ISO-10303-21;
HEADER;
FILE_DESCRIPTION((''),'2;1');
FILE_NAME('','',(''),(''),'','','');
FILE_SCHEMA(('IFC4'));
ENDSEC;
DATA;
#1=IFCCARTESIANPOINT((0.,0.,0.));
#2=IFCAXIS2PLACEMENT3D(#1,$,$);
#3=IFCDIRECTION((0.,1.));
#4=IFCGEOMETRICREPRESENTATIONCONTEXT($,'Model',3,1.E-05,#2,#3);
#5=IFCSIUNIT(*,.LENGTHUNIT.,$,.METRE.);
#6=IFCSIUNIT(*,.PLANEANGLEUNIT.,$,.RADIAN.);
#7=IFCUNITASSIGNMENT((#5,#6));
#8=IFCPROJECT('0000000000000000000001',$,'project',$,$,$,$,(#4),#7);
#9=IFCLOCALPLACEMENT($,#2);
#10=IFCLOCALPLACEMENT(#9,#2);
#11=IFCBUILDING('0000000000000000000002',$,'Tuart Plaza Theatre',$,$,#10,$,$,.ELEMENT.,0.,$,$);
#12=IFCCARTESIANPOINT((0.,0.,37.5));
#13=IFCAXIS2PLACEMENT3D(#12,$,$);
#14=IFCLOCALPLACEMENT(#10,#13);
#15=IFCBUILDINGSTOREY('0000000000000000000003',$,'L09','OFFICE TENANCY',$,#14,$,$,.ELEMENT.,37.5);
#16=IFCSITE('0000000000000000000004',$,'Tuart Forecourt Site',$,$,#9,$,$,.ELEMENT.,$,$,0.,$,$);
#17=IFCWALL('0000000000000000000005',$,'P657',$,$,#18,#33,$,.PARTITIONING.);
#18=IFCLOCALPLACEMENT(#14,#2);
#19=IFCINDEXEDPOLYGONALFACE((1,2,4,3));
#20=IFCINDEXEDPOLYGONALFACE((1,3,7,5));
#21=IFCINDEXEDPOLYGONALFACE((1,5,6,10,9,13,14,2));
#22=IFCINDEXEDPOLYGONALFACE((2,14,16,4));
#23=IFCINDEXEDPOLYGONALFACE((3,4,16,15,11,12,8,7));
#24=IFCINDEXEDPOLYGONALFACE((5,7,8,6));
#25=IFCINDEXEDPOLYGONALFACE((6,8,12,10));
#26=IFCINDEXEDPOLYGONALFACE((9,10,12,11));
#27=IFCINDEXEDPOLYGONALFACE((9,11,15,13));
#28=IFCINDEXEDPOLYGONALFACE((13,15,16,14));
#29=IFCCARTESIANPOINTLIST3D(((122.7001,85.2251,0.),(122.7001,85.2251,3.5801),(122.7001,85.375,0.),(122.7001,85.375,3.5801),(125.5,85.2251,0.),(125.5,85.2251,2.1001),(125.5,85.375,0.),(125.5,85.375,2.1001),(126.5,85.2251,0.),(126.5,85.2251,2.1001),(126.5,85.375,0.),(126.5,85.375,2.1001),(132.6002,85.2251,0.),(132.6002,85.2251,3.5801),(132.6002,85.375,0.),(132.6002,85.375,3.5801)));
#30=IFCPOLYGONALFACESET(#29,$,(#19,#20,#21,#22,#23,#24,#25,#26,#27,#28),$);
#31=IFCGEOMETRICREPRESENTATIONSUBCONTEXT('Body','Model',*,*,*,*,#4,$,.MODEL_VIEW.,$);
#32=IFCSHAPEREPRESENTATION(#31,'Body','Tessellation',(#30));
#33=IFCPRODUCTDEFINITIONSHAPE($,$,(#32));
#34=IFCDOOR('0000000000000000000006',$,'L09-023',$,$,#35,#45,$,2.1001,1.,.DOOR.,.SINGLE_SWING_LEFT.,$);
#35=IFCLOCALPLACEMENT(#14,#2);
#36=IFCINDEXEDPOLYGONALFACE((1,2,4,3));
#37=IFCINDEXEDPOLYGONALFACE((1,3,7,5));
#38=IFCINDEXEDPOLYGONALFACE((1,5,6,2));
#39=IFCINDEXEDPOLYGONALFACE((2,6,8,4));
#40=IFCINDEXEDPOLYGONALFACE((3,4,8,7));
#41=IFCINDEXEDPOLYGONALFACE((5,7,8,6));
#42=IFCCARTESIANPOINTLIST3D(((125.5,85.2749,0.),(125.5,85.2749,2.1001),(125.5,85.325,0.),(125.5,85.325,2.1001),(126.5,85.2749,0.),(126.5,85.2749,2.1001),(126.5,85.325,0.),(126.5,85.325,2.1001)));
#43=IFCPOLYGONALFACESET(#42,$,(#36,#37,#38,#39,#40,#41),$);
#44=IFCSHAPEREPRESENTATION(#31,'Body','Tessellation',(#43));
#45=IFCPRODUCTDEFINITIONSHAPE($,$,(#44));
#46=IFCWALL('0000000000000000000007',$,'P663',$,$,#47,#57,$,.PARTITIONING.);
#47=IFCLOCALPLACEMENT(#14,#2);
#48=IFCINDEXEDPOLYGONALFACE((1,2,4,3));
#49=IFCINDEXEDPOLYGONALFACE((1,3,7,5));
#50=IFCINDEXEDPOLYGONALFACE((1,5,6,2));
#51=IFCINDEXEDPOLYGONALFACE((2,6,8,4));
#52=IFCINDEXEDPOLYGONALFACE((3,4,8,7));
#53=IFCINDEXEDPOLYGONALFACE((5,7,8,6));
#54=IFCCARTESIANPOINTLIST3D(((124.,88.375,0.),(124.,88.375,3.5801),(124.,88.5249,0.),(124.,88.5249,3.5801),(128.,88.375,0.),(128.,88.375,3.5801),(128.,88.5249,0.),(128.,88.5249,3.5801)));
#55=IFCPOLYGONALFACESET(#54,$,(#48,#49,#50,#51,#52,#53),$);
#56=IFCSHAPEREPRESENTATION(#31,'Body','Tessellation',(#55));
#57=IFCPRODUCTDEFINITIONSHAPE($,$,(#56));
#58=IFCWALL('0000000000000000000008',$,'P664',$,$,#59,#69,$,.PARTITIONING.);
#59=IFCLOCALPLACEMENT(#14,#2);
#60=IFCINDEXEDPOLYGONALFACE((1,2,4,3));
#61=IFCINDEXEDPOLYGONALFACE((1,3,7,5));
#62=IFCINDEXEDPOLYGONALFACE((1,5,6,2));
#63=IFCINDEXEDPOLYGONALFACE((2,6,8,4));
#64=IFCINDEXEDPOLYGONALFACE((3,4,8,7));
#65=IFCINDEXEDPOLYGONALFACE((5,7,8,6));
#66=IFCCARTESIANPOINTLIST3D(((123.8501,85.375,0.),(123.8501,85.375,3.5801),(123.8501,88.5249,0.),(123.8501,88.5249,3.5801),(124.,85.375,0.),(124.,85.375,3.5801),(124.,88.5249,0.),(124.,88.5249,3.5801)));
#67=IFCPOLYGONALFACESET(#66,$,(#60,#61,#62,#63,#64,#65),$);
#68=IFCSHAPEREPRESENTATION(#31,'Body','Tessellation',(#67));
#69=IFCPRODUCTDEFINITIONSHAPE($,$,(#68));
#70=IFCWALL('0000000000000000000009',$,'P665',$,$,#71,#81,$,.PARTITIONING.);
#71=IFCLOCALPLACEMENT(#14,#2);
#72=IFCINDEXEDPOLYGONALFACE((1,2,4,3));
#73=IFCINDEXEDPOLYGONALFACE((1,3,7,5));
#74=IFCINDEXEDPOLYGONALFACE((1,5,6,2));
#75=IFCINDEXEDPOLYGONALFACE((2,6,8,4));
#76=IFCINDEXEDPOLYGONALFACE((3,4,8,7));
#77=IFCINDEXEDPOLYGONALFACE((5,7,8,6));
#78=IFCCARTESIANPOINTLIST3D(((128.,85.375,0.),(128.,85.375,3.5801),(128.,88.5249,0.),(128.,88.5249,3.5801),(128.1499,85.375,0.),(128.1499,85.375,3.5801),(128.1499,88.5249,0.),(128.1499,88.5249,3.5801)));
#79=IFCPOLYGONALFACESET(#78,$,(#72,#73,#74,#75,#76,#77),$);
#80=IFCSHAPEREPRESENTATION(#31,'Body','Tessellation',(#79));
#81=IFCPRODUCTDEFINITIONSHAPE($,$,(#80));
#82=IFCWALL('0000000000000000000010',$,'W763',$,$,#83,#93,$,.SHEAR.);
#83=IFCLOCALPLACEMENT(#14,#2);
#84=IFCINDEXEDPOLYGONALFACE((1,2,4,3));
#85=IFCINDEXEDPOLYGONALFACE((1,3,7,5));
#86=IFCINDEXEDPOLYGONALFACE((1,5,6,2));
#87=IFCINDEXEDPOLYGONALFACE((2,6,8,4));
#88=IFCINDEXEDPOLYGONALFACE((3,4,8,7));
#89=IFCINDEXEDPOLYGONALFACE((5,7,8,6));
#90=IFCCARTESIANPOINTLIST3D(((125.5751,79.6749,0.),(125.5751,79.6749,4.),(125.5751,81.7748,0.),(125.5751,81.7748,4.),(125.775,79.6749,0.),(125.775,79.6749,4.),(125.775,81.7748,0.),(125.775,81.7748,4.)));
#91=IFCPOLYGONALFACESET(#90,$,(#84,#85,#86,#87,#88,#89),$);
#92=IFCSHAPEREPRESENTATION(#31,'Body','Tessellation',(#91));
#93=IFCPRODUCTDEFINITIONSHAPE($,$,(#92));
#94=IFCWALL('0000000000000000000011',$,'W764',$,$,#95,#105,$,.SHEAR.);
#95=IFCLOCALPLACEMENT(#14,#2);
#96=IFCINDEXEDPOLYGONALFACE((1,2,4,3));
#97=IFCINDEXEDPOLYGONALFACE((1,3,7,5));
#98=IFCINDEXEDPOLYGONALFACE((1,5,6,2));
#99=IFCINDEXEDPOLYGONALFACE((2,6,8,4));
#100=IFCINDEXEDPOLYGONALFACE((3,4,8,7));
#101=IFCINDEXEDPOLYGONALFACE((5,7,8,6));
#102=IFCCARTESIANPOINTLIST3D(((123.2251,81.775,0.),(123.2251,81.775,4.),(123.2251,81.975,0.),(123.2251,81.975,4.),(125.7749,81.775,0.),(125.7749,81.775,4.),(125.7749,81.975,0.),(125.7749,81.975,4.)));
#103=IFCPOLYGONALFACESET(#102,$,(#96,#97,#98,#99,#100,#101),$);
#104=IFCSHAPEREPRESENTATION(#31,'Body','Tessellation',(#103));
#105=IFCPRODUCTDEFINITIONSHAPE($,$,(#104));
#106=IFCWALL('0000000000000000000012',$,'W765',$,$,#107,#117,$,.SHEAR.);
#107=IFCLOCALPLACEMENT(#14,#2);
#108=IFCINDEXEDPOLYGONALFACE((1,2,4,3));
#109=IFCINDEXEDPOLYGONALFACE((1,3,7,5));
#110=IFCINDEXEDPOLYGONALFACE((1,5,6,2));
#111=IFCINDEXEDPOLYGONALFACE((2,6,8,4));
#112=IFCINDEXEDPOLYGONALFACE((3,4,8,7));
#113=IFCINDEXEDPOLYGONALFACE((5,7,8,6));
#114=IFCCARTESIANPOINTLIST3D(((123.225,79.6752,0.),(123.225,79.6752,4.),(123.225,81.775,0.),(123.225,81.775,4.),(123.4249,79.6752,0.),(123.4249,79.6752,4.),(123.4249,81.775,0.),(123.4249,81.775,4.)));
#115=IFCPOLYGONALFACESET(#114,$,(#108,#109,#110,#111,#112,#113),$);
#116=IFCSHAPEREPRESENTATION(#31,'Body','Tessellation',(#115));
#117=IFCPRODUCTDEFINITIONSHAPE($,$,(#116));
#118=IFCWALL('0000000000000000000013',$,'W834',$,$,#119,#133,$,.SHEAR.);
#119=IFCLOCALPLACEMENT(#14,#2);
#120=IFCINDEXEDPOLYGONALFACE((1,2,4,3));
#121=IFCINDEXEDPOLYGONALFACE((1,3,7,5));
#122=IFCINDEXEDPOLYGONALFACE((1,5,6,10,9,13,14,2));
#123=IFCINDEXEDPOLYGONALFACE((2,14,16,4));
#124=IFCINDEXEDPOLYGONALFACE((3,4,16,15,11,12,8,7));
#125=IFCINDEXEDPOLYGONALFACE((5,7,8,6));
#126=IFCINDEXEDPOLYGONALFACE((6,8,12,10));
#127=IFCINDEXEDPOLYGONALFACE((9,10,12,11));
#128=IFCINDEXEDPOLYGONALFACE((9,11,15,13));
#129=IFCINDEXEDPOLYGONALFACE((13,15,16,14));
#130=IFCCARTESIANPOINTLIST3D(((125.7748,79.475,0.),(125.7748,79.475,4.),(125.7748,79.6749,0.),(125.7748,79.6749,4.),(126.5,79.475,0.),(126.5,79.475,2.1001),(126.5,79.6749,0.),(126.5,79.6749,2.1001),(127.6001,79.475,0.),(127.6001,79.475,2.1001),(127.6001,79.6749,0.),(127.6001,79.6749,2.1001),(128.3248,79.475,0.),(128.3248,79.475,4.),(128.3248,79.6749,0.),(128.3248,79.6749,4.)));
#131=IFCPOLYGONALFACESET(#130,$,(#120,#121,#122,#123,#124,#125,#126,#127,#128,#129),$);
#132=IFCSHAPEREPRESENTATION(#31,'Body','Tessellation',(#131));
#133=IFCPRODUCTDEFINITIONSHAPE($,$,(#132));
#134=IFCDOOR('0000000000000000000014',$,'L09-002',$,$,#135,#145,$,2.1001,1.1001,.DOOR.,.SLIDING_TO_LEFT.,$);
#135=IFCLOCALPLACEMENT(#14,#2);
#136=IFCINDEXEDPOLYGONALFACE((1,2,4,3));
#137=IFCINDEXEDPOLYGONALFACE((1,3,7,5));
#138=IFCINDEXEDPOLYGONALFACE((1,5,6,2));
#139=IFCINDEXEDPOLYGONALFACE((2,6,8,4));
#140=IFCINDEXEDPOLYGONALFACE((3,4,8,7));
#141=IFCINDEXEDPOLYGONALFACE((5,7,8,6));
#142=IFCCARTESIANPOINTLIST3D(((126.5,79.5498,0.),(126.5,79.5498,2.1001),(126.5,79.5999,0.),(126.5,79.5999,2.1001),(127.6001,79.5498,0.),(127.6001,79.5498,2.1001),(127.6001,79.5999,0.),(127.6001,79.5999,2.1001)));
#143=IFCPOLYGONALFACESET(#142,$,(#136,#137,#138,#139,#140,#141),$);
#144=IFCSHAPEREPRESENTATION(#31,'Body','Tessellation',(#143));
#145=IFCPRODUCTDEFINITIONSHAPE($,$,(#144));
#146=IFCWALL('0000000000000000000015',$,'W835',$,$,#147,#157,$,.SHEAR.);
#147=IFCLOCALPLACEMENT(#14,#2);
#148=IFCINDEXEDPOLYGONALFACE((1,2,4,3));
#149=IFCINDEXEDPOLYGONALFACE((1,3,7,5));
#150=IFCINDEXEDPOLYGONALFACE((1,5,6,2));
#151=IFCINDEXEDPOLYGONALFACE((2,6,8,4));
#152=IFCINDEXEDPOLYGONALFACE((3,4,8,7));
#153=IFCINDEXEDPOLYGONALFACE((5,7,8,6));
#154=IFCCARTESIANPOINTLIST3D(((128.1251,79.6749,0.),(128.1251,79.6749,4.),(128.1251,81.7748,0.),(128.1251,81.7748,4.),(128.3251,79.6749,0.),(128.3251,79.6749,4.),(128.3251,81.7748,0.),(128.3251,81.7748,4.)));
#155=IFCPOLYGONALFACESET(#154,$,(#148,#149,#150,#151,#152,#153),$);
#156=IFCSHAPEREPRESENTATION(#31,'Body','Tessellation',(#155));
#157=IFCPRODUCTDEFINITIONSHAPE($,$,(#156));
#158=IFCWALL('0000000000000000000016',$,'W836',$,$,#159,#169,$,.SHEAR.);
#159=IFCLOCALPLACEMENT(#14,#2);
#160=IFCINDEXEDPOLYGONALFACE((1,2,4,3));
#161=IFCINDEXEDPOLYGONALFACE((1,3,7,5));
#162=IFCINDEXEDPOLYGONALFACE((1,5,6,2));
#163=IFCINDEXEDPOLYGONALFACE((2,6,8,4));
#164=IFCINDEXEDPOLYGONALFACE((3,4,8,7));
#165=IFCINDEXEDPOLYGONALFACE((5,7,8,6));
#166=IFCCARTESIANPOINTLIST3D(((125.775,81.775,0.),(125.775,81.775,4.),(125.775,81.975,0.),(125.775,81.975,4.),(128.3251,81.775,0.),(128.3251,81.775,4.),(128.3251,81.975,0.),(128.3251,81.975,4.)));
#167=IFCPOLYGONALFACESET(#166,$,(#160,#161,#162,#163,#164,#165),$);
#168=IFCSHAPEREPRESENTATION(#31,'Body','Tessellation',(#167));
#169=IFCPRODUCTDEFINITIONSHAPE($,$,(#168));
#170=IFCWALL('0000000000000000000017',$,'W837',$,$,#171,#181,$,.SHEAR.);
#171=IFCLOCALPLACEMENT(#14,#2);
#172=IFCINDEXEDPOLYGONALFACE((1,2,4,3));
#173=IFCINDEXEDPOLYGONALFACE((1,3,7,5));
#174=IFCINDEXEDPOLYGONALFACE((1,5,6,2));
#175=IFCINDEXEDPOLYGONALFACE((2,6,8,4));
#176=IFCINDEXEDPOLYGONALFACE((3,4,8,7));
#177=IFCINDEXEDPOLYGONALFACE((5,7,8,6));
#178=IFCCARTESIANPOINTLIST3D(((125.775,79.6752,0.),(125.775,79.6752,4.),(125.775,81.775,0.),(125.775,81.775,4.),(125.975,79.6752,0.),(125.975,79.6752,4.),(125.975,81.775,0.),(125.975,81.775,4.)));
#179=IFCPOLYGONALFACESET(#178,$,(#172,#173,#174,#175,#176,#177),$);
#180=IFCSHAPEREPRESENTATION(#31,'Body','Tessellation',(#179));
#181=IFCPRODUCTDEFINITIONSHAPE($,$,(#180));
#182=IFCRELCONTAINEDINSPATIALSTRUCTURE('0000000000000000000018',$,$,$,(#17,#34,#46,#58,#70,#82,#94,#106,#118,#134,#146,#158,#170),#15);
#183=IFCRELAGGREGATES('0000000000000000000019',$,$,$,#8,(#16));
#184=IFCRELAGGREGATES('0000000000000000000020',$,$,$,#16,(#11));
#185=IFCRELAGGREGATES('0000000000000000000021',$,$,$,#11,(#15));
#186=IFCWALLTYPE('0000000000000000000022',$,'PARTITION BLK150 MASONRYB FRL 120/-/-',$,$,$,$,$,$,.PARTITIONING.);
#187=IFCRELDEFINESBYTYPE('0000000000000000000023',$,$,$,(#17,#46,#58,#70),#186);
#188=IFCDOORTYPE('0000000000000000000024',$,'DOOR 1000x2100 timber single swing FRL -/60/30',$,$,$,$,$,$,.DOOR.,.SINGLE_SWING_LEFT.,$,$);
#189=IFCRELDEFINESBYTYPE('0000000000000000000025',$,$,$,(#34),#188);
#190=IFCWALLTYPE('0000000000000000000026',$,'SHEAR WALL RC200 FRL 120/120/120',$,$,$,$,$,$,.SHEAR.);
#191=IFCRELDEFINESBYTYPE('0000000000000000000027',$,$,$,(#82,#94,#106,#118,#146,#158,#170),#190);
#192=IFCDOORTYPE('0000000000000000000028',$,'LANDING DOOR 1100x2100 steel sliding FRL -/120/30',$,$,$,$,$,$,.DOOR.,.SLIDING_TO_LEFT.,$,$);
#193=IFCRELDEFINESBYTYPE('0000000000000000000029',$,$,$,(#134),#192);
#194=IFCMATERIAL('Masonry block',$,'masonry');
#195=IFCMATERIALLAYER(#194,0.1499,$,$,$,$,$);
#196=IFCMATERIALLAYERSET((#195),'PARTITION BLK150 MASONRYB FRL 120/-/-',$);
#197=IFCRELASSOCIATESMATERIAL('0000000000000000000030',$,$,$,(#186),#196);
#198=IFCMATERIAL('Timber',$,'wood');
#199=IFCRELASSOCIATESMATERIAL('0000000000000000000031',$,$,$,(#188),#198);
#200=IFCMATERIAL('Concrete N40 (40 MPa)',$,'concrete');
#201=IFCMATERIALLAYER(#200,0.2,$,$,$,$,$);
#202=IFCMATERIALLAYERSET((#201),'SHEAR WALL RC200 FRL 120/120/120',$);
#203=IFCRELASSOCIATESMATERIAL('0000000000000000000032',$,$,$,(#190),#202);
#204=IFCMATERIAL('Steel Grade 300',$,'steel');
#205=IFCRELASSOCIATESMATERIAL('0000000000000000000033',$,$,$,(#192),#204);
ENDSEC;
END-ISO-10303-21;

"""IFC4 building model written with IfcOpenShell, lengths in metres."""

from ifc_helpers import new_model, si_unit, direction, frame, frame_2d, origin, place, context, subcontext, project, spatial, rectangle, extrude, material, layer, layer_set, type_object, element, fill, save


model = new_model("IFC4")

# Units and contexts
model_context = context("Model", 3, precision=1e-05, world=origin(), true_north=direction((0.0, 1.0)))
body_context = subcontext(model_context, "Body", "Model", "MODEL_VIEW")
ifc_project = project(units=[si_unit("LENGTHUNIT", "METRE"), si_unit("PLANEANGLEUNIT", "RADIAN")], contexts=[model_context])

# Site, building, storey
site_placement = place(None, origin())
site = spatial("IfcSite", under=ifc_project, at=site_placement, Name="Tuart Forecourt Site", CompositionType="ELEMENT", RefElevation=0.0)
building_placement = place(site_placement, origin())
building = spatial("IfcBuilding", under=site, at=building_placement, Name="Tuart Plaza Theatre", CompositionType="ELEMENT", ElevationOfRefHeight=0.0)
storey_placement = place(building_placement, frame((0.0, 0.0, 37.5)))
storey = spatial("IfcBuildingStorey", under=building, at=storey_placement, Name="L09", Description="OFFICE TENANCY", CompositionType="ELEMENT", Elevation=37.5)

# Wall, opening, door
ifc_material_1 = material(Name="Masonry block", Category="masonry")
ifc_layer_1 = layer(ifc_material_1, 0.1499)
ifc_layer_set_1 = layer_set([ifc_layer_1], Name="PARTITION BLK150 MASONRYB FRL 120/-/-")
wall_type_1 = type_object("IfcWallType", Name="PARTITION BLK150 MASONRYB FRL 120/-/-", PredefinedType="PARTITIONING", material=ifc_layer_set_1)
wall_1_placement = place(storey_placement, frame((122.7, 85.3, 0.0), z_axis=(0.0, 0.0, 1.0), x_axis=(1.0, 0.0, 0.0)))
wall_1 = element("IfcWall", 1, at=wall_1_placement, inside=storey, type_object=wall_type_1, Name="P657", PredefinedType="PARTITIONING", context=body_context, shape_type="SweptSolid", body=[
    extrude(rectangle(XDim=9.9001, YDim=0.1499, at=frame_2d((4.9502, 0.0))), origin(), (0.0, 0.0, 1.0), 3.5801),
])
opening_1_placement = place(wall_1_placement, frame((2.8, 0.0, 0.0)))
opening_1 = element("IfcOpeningElement", 2, at=opening_1_placement, cuts=wall_1, PredefinedType="OPENING", context=body_context, shape_type="SweptSolid", body=[
    extrude(rectangle(XDim=1.0, YDim=2.1001, at=frame_2d((0.5, 1.05))), frame((0.0, 0.085, 0.0), z_axis=(0.0, -1.0, 0.0), x_axis=(1.0, 0.0, 0.0)), (0.0, 0.0, 1.0), 0.1699),
])
ifc_material_2 = material(Name="Timber", Category="wood")
door_type_1 = type_object("IfcDoorType", Name="DOOR 1000x2100 timber single swing FRL -/60/30", OperationType="SINGLE_SWING_LEFT", PredefinedType="DOOR", material=ifc_material_2)
door_1_placement = place(opening_1_placement, origin())
door_1 = element("IfcDoor", 3, at=door_1_placement, inside=storey, type_object=door_type_1, Name="L09-023", OperationType="SINGLE_SWING_LEFT", OverallHeight=2.1001, OverallWidth=1.0, PredefinedType="DOOR", context=body_context, shape_type="SweptSolid", body=[
    extrude(rectangle(XDim=1.0, YDim=2.1001, at=frame_2d((0.5, 1.05))), frame((0.0, 0.0249, 0.0), z_axis=(0.0, -1.0, 0.0), x_axis=(1.0, 0.0, 0.0)), (0.0, 0.0, 1.0), 0.05),
])
fill(opening_1, door_1)

# Walls
wall_2_placement = place(storey_placement, frame((124.0, 88.45, 0.0), z_axis=(0.0, 0.0, 1.0), x_axis=(1.0, 0.0, 0.0)))
element("IfcWall", 4, at=wall_2_placement, inside=storey, type_object=wall_type_1, Name="P663", PredefinedType="PARTITIONING", context=body_context, shape_type="SweptSolid", body=[
    extrude(rectangle(XDim=4.0, YDim=0.1499, at=frame_2d((2.0, 0.0))), origin(), (0.0, 0.0, 1.0), 3.5801),
])
for number, where, z_axis, x_axis, name in (
    (5, (123.925, 85.375, 0.0), (0.0, 0.0, 1.0), (0.0, 1.0, 0.0), "P664"),
    (6, (128.075, 85.375, 0.0), (0.0, 0.0, 1.0), (0.0, 1.0, 0.0), "P665"),
):
    element("IfcWall", number, at=place(storey_placement, frame(where, z_axis=z_axis, x_axis=x_axis)), inside=storey, type_object=wall_type_1, Name=name, PredefinedType="PARTITIONING", context=body_context, shape_type="SweptSolid", body=[
        extrude(rectangle(XDim=3.1499, YDim=0.1499, at=frame_2d((1.575, 0.0))), origin(), (0.0, 0.0, 1.0), 3.5801),
    ])
ifc_material_3 = material(Name="Concrete N40 (40 MPa)", Category="concrete")
ifc_layer_2 = layer(ifc_material_3, 0.2)
ifc_layer_set_2 = layer_set([ifc_layer_2], Name="SHEAR WALL RC200 FRL 120/120/120")
wall_type_2 = type_object("IfcWallType", Name="SHEAR WALL RC200 FRL 120/120/120", PredefinedType="SHEAR", material=ifc_layer_set_2)
wall_3_placement = place(storey_placement, frame((125.675, 79.675, 0.0), z_axis=(0.0, 0.0, 1.0), x_axis=(0.0, 1.0, 0.0)))
element("IfcWall", 7, at=wall_3_placement, inside=storey, type_object=wall_type_2, Name="W763", PredefinedType="SHEAR", context=body_context, shape_type="SweptSolid", body=[
    extrude(rectangle(XDim=2.0999, YDim=0.2, at=frame_2d((1.0498, 0.0))), origin(), (0.0, 0.0, 1.0), 4.0),
])
wall_4_placement = place(storey_placement, frame((125.7749, 81.875, 0.0), z_axis=(0.0, 0.0, 1.0), x_axis=(-1.0, 0.0, 0.0)))
element("IfcWall", 8, at=wall_4_placement, inside=storey, type_object=wall_type_2, Name="W764", PredefinedType="SHEAR", context=body_context, shape_type="SweptSolid", body=[
    extrude(rectangle(XDim=2.5498, YDim=0.2, at=frame_2d((1.2749, 0.0))), origin(), (0.0, 0.0, 1.0), 4.0),
])
wall_5_placement = place(storey_placement, frame((123.325, 81.7749, 0.0), z_axis=(0.0, 0.0, 1.0), x_axis=(0.0, -1.0, 0.0)))
element("IfcWall", 9, at=wall_5_placement, inside=storey, type_object=wall_type_2, Name="W765", PredefinedType="SHEAR", context=body_context, shape_type="SweptSolid", body=[
    extrude(rectangle(XDim=2.0999, YDim=0.2, at=frame_2d((1.0498, 0.0))), origin(), (0.0, 0.0, 1.0), 4.0),
])

# Wall, opening, door
wall_6_placement = place(storey_placement, frame((125.7749, 79.575, 0.0), z_axis=(0.0, 0.0, 1.0), x_axis=(1.0, 0.0, 0.0)))
wall_6 = element("IfcWall", 10, at=wall_6_placement, inside=storey, type_object=wall_type_2, Name="W834", PredefinedType="SHEAR", context=body_context, shape_type="SweptSolid", body=[
    extrude(rectangle(XDim=2.55, YDim=0.2, at=frame_2d((1.2749, 0.0))), origin(), (0.0, 0.0, 1.0), 4.0),
])
opening_2_placement = place(wall_6_placement, frame((0.7251, 0.0, 0.0)))
opening_2 = element("IfcOpeningElement", 11, at=opening_2_placement, cuts=wall_6, PredefinedType="OPENING", context=body_context, shape_type="SweptSolid", body=[
    extrude(rectangle(XDim=1.1001, YDim=2.1001, at=frame_2d((0.55, 1.05))), frame((0.0, 0.1099, 0.0), z_axis=(0.0, -1.0, 0.0), x_axis=(1.0, 0.0, 0.0)), (0.0, 0.0, 1.0), 0.22),
])
ifc_material_4 = material(Name="Steel Grade 300", Category="steel")
door_type_2 = type_object("IfcDoorType", Name="LANDING DOOR 1100x2100 steel sliding FRL -/120/30", OperationType="SLIDING_TO_LEFT", PredefinedType="DOOR", material=ifc_material_4)
door_2_placement = place(opening_2_placement, origin())
door_2 = element("IfcDoor", 12, at=door_2_placement, inside=storey, type_object=door_type_2, Name="L09-002", OperationType="SLIDING_TO_LEFT", OverallHeight=2.1001, OverallWidth=1.1001, PredefinedType="DOOR", context=body_context, shape_type="SweptSolid", body=[
    extrude(rectangle(XDim=1.1001, YDim=2.1001, at=frame_2d((0.55, 1.05))), frame((0.0, 0.0249, 0.0), z_axis=(0.0, -1.0, 0.0), x_axis=(1.0, 0.0, 0.0)), (0.0, 0.0, 1.0), 0.05),
])
fill(opening_2, door_2)

# Walls
wall_7_placement = place(storey_placement, frame((128.2251, 79.675, 0.0), z_axis=(0.0, 0.0, 1.0), x_axis=(0.0, 1.0, 0.0)))
element("IfcWall", 13, at=wall_7_placement, inside=storey, type_object=wall_type_2, Name="W835", PredefinedType="SHEAR", context=body_context, shape_type="SweptSolid", body=[
    extrude(rectangle(XDim=2.0999, YDim=0.2, at=frame_2d((1.0498, 0.0))), origin(), (0.0, 0.0, 1.0), 4.0),
])
wall_8_placement = place(storey_placement, frame((128.325, 81.875, 0.0), z_axis=(0.0, 0.0, 1.0), x_axis=(-1.0, 0.0, 0.0)))
element("IfcWall", 14, at=wall_8_placement, inside=storey, type_object=wall_type_2, Name="W836", PredefinedType="SHEAR", context=body_context, shape_type="SweptSolid", body=[
    extrude(rectangle(XDim=2.55, YDim=0.2, at=frame_2d((1.2749, 0.0))), origin(), (0.0, 0.0, 1.0), 4.0),
])
wall_9_placement = place(storey_placement, frame((125.875, 81.7749, 0.0), z_axis=(0.0, 0.0, 1.0), x_axis=(0.0, -1.0, 0.0)))
element("IfcWall", 15, at=wall_9_placement, inside=storey, type_object=wall_type_2, Name="W837", PredefinedType="SHEAR", context=body_context, shape_type="SweptSolid", body=[
    extrude(rectangle(XDim=2.0999, YDim=0.2, at=frame_2d((1.0498, 0.0))), origin(), (0.0, 0.0, 1.0), 4.0),
])

save(model, "model.ifc")
